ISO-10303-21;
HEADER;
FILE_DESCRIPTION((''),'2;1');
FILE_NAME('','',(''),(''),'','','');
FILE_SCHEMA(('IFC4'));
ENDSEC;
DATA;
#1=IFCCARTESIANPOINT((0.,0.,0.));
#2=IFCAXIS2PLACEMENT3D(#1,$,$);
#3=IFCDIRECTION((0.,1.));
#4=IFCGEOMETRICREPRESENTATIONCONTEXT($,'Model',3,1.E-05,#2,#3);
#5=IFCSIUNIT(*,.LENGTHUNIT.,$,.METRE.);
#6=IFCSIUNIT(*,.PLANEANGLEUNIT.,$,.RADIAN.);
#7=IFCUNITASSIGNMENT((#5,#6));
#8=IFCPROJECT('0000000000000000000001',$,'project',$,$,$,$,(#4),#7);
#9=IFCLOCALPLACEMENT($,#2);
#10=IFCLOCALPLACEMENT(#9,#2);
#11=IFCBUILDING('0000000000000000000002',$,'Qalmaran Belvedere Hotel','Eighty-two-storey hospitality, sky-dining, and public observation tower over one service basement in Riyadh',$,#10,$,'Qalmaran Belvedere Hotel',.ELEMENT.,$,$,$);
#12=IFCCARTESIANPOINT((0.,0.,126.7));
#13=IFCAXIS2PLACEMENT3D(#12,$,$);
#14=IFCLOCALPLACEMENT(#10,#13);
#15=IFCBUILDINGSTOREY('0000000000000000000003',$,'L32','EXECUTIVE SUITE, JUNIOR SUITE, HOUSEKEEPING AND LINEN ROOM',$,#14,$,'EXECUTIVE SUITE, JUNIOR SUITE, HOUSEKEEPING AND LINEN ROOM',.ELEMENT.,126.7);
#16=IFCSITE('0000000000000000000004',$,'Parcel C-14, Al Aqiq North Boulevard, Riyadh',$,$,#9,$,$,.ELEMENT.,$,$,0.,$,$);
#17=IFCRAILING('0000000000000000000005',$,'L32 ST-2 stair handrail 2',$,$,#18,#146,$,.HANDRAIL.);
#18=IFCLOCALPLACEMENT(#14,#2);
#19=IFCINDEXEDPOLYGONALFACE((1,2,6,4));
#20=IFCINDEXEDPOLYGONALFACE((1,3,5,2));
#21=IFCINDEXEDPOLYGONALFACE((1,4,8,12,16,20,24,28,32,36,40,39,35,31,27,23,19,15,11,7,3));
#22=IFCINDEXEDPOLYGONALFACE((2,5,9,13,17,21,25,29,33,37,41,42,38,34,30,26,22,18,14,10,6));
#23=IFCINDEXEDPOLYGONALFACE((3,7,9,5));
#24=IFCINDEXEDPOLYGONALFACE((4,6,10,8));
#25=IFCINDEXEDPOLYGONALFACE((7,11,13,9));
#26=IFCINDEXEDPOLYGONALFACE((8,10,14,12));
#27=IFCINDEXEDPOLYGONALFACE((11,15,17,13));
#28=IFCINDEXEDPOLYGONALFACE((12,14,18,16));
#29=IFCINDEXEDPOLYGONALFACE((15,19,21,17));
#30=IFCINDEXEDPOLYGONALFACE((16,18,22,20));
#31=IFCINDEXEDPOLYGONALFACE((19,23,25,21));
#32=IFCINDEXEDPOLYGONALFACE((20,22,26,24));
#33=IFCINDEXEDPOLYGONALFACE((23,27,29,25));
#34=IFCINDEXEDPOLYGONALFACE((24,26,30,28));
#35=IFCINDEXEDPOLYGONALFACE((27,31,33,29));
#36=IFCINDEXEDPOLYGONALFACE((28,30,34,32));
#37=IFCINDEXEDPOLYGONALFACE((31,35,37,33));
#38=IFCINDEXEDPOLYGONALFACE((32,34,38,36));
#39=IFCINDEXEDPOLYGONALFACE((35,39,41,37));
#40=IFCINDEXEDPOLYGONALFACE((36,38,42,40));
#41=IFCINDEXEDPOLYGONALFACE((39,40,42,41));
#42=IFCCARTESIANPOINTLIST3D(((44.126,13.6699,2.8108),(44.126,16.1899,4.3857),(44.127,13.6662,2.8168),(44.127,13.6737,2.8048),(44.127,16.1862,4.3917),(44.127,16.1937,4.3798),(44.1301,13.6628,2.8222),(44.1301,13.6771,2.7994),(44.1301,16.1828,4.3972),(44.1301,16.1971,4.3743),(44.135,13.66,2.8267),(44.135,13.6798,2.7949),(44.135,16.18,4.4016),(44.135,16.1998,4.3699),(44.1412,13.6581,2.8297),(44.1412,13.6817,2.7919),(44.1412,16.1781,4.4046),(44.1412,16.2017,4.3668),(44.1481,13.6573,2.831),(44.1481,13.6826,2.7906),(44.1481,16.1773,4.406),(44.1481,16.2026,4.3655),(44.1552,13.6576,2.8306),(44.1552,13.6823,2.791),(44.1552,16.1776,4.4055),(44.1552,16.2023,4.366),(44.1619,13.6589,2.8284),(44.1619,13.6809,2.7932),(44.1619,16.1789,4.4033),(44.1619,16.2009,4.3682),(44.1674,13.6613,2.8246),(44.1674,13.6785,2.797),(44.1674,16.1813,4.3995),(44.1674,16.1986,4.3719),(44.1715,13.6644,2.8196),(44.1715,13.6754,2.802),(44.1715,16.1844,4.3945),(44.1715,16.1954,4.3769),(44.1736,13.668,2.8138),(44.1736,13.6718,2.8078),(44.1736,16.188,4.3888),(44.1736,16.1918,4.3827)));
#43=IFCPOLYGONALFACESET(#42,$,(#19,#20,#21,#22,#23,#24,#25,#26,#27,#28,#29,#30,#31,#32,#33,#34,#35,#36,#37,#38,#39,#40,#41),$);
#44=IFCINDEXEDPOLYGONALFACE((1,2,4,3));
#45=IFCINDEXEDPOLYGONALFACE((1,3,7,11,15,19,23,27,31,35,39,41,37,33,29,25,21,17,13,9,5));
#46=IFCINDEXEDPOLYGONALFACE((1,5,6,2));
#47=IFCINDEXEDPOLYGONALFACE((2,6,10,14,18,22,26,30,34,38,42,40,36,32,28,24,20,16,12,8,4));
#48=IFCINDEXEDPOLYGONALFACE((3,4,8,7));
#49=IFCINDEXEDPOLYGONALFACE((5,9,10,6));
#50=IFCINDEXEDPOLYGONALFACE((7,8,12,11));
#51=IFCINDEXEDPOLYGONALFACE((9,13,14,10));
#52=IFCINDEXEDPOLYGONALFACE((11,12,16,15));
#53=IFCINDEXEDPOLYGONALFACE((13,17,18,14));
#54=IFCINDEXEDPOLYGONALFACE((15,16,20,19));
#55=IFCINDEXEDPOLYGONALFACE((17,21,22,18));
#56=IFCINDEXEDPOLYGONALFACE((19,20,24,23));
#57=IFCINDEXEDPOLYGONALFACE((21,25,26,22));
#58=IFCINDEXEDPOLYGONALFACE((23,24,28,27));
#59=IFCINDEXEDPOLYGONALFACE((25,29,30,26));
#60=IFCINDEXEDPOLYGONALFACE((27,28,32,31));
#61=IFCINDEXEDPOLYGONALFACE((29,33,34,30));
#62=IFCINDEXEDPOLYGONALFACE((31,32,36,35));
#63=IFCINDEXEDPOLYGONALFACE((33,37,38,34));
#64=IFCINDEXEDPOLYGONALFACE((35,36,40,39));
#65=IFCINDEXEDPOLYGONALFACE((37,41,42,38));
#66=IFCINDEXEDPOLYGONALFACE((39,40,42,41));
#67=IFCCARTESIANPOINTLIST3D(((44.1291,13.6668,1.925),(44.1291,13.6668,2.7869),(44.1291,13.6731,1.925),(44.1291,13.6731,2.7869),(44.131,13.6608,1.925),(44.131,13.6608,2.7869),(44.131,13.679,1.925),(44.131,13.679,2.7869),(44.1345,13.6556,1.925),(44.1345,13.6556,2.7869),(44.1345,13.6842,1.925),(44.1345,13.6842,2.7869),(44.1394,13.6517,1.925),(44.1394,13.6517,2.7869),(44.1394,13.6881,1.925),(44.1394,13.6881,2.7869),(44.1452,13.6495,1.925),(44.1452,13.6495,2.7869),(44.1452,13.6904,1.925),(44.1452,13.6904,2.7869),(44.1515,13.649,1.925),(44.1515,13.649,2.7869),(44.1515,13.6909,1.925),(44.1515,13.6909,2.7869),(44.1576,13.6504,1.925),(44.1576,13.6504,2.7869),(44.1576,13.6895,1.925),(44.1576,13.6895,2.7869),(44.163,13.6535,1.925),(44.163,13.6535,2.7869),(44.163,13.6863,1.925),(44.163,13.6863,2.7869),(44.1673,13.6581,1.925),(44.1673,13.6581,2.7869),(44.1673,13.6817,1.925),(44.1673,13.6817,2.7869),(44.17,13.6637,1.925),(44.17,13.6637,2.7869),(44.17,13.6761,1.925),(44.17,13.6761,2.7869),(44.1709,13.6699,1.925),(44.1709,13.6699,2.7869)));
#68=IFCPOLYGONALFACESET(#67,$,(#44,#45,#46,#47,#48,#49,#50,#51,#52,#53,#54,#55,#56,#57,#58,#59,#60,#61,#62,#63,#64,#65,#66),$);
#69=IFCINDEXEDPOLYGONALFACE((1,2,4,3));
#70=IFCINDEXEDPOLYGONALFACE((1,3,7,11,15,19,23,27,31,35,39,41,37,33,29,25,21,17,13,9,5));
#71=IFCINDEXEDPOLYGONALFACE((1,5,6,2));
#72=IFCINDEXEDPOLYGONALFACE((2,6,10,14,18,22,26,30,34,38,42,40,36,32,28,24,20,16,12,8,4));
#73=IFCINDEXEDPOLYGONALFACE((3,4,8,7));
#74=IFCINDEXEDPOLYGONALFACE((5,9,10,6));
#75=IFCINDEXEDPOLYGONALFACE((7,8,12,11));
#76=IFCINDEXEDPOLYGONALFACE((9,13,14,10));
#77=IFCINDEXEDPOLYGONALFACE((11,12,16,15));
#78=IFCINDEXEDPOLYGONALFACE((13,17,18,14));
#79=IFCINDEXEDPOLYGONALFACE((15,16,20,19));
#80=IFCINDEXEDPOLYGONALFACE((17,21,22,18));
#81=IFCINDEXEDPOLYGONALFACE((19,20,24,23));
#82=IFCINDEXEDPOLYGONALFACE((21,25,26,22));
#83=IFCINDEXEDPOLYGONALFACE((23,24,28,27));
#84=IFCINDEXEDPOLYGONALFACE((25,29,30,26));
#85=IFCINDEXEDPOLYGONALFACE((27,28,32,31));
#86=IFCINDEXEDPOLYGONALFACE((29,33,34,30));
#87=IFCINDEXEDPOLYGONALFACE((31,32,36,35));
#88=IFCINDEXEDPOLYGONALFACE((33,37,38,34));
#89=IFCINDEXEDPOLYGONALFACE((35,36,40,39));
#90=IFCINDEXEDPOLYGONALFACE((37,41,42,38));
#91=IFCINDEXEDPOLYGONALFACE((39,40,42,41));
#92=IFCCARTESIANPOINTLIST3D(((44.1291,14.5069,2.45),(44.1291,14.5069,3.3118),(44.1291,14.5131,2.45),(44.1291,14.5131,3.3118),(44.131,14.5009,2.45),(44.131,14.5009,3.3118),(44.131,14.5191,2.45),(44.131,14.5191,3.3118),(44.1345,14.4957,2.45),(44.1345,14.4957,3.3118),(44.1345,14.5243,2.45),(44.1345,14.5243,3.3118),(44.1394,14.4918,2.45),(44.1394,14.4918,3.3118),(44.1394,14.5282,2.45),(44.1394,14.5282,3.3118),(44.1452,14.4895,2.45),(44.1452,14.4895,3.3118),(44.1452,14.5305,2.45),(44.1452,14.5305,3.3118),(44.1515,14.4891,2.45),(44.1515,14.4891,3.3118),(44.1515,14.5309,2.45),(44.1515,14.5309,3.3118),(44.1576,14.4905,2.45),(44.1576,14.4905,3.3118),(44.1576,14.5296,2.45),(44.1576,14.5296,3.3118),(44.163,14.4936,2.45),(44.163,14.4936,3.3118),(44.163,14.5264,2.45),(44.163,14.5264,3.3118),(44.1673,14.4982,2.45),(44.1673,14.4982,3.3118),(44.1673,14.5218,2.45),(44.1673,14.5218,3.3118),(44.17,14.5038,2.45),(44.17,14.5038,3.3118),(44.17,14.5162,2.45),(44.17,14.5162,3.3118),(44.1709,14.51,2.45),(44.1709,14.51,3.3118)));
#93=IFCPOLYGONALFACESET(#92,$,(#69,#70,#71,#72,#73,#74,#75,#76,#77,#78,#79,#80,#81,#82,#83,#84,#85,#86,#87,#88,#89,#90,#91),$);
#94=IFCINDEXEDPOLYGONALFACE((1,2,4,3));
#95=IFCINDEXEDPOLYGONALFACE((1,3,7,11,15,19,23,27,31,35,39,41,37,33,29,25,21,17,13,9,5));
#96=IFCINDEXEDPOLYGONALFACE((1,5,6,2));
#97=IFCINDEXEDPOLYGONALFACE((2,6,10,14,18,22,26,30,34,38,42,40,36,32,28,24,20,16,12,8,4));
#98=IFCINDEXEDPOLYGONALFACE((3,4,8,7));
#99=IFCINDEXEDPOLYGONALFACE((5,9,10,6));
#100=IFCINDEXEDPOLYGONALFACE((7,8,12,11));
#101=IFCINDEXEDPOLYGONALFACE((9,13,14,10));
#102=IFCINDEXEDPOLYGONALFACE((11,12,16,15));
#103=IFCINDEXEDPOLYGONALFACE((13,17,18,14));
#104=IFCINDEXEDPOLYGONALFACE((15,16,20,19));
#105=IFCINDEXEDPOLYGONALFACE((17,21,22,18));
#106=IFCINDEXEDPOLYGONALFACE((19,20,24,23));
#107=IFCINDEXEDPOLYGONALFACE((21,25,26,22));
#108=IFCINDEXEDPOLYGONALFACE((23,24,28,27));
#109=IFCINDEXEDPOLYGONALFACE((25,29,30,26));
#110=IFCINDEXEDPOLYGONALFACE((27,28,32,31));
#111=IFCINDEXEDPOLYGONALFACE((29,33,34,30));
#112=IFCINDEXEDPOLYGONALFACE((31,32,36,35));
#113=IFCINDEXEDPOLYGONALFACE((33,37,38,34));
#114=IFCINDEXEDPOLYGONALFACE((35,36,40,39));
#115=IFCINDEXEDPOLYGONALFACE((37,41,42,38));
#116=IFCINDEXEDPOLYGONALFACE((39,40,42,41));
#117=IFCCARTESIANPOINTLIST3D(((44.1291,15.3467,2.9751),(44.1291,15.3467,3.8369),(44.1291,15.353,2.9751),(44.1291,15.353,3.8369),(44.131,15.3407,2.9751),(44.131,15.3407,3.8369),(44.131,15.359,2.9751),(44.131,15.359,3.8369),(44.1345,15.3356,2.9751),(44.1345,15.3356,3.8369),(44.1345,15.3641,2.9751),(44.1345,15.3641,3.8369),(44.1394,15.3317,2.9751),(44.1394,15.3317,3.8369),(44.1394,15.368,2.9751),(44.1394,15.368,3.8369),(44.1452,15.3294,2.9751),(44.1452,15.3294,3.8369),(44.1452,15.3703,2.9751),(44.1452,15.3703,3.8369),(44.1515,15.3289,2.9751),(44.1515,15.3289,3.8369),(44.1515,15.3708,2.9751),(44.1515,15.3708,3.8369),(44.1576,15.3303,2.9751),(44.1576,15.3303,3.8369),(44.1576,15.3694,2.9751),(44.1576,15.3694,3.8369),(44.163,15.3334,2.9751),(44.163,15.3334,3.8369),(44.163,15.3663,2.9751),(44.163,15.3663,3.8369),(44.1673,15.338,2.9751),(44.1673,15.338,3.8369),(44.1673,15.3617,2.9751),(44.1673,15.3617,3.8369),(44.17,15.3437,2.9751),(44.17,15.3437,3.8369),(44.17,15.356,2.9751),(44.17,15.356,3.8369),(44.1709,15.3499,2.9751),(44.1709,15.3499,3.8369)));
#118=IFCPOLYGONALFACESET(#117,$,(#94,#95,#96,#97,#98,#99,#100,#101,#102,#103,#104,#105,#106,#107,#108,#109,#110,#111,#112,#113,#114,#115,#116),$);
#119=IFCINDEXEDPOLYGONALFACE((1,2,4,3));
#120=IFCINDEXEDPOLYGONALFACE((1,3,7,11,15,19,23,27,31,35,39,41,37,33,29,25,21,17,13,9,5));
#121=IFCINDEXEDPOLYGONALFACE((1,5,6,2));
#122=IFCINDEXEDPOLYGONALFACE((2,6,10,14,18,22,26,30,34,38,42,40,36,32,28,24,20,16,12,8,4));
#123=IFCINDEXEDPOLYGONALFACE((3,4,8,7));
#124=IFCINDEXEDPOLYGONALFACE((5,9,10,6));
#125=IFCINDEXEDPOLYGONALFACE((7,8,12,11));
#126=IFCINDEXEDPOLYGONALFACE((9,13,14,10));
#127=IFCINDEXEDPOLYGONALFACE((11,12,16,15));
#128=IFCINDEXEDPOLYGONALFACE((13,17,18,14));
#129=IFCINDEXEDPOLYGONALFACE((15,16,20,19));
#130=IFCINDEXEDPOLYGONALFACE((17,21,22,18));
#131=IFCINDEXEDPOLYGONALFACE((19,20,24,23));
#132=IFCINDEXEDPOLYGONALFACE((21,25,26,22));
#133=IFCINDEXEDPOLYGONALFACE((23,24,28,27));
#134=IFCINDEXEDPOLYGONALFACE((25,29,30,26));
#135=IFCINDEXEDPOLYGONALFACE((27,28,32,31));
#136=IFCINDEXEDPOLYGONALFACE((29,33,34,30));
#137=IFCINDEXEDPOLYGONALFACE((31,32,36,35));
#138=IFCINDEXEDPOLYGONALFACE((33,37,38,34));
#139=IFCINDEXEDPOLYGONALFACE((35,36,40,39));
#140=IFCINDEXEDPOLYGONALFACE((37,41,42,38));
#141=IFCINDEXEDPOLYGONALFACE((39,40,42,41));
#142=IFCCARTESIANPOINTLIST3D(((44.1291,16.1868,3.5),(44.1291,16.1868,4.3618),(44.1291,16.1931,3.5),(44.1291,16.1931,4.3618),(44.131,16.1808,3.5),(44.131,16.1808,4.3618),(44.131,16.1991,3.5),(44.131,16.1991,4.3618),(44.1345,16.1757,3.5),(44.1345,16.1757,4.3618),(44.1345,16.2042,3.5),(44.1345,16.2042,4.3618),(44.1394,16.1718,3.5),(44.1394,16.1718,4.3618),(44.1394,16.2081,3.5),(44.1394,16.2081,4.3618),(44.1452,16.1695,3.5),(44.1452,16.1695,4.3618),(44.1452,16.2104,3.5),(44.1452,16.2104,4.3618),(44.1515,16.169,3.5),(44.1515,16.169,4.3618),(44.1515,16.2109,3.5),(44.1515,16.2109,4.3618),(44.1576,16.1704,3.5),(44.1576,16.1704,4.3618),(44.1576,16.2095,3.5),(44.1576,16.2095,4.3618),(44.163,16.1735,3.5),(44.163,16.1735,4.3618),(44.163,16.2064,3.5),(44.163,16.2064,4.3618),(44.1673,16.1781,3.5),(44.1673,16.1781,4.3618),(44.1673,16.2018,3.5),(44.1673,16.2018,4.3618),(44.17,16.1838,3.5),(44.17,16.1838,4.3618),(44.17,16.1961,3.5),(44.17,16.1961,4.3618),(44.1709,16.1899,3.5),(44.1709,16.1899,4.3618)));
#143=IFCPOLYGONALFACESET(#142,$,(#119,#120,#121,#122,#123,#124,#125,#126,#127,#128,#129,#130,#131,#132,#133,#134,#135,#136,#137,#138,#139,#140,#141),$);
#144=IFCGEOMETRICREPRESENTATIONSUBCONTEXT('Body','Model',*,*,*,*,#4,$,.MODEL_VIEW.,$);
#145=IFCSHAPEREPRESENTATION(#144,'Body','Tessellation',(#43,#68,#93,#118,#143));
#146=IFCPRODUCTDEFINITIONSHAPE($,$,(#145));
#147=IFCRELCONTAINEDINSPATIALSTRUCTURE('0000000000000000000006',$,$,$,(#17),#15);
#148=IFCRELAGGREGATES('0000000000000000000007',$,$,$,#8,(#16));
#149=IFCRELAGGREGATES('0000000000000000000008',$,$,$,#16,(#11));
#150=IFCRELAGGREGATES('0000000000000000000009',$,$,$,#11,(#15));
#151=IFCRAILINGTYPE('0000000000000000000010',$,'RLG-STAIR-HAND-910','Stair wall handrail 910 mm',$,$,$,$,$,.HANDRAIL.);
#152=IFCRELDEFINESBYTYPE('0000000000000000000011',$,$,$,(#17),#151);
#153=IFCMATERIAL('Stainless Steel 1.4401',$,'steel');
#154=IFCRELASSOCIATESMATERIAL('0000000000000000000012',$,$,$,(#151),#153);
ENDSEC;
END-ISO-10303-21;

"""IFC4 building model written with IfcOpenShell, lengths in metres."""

from ifc_helpers import new_model, si_unit, direction, frame, origin, origin_2d, place, context, subcontext, project, spatial, circle, extrude, material, type_object, element, save


model = new_model("IFC4")

# Units and contexts
model_context = context("Model", 3, precision=1e-05, world=origin(), true_north=direction((0.0, 1.0)))
body_context = subcontext(model_context, "Body", "Model", "MODEL_VIEW")
ifc_project = project(units=[si_unit("LENGTHUNIT", "METRE"), si_unit("PLANEANGLEUNIT", "RADIAN")], contexts=[model_context])

# Site, building, storey
site_placement = place(None, origin())
site = spatial("IfcSite", under=ifc_project, at=site_placement, Name="Parcel C-14, Al Aqiq North Boulevard, Riyadh", CompositionType="ELEMENT", RefElevation=0.0)
building_placement = place(site_placement, origin())
building = spatial("IfcBuilding", under=site, at=building_placement, Name="Qalmaran Belvedere Hotel", Description="Eighty-two-storey hospitality, sky-dining, and public observation tower over one service basement in Riyadh", LongName="Qalmaran Belvedere Hotel", CompositionType="ELEMENT")
storey_placement = place(building_placement, frame((0.0, 0.0, 126.7)))
storey = spatial("IfcBuildingStorey", under=building, at=storey_placement, Name="L32", Description="EXECUTIVE SUITE, JUNIOR SUITE, HOUSEKEEPING AND LINEN ROOM", LongName="EXECUTIVE SUITE, JUNIOR SUITE, HOUSEKEEPING AND LINEN ROOM", CompositionType="ELEMENT", Elevation=126.7)

# Railing
ifc_material_1 = material(Name="Stainless Steel 1.4401", Category="steel")
railing_type = type_object("IfcRailingType", Name="RLG-STAIR-HAND-910", Description="Stair wall handrail 910 mm", PredefinedType="HANDRAIL", material=ifc_material_1)
railing_placement = place(storey_placement, frame((44.1499, 13.6699, 1.925)))
element("IfcRailing", 1, at=railing_placement, inside=storey, type_object=railing_type, Name="L32 ST-2 stair handrail 2", PredefinedType="HANDRAIL", context=body_context, shape_type="SweptSolid", body=[
    extrude(circle(Radius=0.0239, at=origin_2d()), frame((0.0, 0.0, 0.8857), z_axis=(0.0, 0.848008, 0.529984), x_axis=(-1.0, 0.0, 0.0)), (0.0, 0.0, 1.0), 2.9717),
    extrude(circle(Radius=0.021, at=origin_2d()), origin(), (0.0, 0.0, 1.0), 0.8618),
    extrude(circle(Radius=0.021, at=origin_2d()), frame((0.0, 0.8401, 0.5249)), (0.0, 0.0, 1.0), 0.8618),
    extrude(circle(Radius=0.021, at=origin_2d()), frame((0.0, 1.6799, 1.05)), (0.0, 0.0, 1.0), 0.8618),
    extrude(circle(Radius=0.021, at=origin_2d()), frame((0.0, 2.52, 1.575)), (0.0, 0.0, 1.0), 0.8618),
])

save(model, "model.ifc")
